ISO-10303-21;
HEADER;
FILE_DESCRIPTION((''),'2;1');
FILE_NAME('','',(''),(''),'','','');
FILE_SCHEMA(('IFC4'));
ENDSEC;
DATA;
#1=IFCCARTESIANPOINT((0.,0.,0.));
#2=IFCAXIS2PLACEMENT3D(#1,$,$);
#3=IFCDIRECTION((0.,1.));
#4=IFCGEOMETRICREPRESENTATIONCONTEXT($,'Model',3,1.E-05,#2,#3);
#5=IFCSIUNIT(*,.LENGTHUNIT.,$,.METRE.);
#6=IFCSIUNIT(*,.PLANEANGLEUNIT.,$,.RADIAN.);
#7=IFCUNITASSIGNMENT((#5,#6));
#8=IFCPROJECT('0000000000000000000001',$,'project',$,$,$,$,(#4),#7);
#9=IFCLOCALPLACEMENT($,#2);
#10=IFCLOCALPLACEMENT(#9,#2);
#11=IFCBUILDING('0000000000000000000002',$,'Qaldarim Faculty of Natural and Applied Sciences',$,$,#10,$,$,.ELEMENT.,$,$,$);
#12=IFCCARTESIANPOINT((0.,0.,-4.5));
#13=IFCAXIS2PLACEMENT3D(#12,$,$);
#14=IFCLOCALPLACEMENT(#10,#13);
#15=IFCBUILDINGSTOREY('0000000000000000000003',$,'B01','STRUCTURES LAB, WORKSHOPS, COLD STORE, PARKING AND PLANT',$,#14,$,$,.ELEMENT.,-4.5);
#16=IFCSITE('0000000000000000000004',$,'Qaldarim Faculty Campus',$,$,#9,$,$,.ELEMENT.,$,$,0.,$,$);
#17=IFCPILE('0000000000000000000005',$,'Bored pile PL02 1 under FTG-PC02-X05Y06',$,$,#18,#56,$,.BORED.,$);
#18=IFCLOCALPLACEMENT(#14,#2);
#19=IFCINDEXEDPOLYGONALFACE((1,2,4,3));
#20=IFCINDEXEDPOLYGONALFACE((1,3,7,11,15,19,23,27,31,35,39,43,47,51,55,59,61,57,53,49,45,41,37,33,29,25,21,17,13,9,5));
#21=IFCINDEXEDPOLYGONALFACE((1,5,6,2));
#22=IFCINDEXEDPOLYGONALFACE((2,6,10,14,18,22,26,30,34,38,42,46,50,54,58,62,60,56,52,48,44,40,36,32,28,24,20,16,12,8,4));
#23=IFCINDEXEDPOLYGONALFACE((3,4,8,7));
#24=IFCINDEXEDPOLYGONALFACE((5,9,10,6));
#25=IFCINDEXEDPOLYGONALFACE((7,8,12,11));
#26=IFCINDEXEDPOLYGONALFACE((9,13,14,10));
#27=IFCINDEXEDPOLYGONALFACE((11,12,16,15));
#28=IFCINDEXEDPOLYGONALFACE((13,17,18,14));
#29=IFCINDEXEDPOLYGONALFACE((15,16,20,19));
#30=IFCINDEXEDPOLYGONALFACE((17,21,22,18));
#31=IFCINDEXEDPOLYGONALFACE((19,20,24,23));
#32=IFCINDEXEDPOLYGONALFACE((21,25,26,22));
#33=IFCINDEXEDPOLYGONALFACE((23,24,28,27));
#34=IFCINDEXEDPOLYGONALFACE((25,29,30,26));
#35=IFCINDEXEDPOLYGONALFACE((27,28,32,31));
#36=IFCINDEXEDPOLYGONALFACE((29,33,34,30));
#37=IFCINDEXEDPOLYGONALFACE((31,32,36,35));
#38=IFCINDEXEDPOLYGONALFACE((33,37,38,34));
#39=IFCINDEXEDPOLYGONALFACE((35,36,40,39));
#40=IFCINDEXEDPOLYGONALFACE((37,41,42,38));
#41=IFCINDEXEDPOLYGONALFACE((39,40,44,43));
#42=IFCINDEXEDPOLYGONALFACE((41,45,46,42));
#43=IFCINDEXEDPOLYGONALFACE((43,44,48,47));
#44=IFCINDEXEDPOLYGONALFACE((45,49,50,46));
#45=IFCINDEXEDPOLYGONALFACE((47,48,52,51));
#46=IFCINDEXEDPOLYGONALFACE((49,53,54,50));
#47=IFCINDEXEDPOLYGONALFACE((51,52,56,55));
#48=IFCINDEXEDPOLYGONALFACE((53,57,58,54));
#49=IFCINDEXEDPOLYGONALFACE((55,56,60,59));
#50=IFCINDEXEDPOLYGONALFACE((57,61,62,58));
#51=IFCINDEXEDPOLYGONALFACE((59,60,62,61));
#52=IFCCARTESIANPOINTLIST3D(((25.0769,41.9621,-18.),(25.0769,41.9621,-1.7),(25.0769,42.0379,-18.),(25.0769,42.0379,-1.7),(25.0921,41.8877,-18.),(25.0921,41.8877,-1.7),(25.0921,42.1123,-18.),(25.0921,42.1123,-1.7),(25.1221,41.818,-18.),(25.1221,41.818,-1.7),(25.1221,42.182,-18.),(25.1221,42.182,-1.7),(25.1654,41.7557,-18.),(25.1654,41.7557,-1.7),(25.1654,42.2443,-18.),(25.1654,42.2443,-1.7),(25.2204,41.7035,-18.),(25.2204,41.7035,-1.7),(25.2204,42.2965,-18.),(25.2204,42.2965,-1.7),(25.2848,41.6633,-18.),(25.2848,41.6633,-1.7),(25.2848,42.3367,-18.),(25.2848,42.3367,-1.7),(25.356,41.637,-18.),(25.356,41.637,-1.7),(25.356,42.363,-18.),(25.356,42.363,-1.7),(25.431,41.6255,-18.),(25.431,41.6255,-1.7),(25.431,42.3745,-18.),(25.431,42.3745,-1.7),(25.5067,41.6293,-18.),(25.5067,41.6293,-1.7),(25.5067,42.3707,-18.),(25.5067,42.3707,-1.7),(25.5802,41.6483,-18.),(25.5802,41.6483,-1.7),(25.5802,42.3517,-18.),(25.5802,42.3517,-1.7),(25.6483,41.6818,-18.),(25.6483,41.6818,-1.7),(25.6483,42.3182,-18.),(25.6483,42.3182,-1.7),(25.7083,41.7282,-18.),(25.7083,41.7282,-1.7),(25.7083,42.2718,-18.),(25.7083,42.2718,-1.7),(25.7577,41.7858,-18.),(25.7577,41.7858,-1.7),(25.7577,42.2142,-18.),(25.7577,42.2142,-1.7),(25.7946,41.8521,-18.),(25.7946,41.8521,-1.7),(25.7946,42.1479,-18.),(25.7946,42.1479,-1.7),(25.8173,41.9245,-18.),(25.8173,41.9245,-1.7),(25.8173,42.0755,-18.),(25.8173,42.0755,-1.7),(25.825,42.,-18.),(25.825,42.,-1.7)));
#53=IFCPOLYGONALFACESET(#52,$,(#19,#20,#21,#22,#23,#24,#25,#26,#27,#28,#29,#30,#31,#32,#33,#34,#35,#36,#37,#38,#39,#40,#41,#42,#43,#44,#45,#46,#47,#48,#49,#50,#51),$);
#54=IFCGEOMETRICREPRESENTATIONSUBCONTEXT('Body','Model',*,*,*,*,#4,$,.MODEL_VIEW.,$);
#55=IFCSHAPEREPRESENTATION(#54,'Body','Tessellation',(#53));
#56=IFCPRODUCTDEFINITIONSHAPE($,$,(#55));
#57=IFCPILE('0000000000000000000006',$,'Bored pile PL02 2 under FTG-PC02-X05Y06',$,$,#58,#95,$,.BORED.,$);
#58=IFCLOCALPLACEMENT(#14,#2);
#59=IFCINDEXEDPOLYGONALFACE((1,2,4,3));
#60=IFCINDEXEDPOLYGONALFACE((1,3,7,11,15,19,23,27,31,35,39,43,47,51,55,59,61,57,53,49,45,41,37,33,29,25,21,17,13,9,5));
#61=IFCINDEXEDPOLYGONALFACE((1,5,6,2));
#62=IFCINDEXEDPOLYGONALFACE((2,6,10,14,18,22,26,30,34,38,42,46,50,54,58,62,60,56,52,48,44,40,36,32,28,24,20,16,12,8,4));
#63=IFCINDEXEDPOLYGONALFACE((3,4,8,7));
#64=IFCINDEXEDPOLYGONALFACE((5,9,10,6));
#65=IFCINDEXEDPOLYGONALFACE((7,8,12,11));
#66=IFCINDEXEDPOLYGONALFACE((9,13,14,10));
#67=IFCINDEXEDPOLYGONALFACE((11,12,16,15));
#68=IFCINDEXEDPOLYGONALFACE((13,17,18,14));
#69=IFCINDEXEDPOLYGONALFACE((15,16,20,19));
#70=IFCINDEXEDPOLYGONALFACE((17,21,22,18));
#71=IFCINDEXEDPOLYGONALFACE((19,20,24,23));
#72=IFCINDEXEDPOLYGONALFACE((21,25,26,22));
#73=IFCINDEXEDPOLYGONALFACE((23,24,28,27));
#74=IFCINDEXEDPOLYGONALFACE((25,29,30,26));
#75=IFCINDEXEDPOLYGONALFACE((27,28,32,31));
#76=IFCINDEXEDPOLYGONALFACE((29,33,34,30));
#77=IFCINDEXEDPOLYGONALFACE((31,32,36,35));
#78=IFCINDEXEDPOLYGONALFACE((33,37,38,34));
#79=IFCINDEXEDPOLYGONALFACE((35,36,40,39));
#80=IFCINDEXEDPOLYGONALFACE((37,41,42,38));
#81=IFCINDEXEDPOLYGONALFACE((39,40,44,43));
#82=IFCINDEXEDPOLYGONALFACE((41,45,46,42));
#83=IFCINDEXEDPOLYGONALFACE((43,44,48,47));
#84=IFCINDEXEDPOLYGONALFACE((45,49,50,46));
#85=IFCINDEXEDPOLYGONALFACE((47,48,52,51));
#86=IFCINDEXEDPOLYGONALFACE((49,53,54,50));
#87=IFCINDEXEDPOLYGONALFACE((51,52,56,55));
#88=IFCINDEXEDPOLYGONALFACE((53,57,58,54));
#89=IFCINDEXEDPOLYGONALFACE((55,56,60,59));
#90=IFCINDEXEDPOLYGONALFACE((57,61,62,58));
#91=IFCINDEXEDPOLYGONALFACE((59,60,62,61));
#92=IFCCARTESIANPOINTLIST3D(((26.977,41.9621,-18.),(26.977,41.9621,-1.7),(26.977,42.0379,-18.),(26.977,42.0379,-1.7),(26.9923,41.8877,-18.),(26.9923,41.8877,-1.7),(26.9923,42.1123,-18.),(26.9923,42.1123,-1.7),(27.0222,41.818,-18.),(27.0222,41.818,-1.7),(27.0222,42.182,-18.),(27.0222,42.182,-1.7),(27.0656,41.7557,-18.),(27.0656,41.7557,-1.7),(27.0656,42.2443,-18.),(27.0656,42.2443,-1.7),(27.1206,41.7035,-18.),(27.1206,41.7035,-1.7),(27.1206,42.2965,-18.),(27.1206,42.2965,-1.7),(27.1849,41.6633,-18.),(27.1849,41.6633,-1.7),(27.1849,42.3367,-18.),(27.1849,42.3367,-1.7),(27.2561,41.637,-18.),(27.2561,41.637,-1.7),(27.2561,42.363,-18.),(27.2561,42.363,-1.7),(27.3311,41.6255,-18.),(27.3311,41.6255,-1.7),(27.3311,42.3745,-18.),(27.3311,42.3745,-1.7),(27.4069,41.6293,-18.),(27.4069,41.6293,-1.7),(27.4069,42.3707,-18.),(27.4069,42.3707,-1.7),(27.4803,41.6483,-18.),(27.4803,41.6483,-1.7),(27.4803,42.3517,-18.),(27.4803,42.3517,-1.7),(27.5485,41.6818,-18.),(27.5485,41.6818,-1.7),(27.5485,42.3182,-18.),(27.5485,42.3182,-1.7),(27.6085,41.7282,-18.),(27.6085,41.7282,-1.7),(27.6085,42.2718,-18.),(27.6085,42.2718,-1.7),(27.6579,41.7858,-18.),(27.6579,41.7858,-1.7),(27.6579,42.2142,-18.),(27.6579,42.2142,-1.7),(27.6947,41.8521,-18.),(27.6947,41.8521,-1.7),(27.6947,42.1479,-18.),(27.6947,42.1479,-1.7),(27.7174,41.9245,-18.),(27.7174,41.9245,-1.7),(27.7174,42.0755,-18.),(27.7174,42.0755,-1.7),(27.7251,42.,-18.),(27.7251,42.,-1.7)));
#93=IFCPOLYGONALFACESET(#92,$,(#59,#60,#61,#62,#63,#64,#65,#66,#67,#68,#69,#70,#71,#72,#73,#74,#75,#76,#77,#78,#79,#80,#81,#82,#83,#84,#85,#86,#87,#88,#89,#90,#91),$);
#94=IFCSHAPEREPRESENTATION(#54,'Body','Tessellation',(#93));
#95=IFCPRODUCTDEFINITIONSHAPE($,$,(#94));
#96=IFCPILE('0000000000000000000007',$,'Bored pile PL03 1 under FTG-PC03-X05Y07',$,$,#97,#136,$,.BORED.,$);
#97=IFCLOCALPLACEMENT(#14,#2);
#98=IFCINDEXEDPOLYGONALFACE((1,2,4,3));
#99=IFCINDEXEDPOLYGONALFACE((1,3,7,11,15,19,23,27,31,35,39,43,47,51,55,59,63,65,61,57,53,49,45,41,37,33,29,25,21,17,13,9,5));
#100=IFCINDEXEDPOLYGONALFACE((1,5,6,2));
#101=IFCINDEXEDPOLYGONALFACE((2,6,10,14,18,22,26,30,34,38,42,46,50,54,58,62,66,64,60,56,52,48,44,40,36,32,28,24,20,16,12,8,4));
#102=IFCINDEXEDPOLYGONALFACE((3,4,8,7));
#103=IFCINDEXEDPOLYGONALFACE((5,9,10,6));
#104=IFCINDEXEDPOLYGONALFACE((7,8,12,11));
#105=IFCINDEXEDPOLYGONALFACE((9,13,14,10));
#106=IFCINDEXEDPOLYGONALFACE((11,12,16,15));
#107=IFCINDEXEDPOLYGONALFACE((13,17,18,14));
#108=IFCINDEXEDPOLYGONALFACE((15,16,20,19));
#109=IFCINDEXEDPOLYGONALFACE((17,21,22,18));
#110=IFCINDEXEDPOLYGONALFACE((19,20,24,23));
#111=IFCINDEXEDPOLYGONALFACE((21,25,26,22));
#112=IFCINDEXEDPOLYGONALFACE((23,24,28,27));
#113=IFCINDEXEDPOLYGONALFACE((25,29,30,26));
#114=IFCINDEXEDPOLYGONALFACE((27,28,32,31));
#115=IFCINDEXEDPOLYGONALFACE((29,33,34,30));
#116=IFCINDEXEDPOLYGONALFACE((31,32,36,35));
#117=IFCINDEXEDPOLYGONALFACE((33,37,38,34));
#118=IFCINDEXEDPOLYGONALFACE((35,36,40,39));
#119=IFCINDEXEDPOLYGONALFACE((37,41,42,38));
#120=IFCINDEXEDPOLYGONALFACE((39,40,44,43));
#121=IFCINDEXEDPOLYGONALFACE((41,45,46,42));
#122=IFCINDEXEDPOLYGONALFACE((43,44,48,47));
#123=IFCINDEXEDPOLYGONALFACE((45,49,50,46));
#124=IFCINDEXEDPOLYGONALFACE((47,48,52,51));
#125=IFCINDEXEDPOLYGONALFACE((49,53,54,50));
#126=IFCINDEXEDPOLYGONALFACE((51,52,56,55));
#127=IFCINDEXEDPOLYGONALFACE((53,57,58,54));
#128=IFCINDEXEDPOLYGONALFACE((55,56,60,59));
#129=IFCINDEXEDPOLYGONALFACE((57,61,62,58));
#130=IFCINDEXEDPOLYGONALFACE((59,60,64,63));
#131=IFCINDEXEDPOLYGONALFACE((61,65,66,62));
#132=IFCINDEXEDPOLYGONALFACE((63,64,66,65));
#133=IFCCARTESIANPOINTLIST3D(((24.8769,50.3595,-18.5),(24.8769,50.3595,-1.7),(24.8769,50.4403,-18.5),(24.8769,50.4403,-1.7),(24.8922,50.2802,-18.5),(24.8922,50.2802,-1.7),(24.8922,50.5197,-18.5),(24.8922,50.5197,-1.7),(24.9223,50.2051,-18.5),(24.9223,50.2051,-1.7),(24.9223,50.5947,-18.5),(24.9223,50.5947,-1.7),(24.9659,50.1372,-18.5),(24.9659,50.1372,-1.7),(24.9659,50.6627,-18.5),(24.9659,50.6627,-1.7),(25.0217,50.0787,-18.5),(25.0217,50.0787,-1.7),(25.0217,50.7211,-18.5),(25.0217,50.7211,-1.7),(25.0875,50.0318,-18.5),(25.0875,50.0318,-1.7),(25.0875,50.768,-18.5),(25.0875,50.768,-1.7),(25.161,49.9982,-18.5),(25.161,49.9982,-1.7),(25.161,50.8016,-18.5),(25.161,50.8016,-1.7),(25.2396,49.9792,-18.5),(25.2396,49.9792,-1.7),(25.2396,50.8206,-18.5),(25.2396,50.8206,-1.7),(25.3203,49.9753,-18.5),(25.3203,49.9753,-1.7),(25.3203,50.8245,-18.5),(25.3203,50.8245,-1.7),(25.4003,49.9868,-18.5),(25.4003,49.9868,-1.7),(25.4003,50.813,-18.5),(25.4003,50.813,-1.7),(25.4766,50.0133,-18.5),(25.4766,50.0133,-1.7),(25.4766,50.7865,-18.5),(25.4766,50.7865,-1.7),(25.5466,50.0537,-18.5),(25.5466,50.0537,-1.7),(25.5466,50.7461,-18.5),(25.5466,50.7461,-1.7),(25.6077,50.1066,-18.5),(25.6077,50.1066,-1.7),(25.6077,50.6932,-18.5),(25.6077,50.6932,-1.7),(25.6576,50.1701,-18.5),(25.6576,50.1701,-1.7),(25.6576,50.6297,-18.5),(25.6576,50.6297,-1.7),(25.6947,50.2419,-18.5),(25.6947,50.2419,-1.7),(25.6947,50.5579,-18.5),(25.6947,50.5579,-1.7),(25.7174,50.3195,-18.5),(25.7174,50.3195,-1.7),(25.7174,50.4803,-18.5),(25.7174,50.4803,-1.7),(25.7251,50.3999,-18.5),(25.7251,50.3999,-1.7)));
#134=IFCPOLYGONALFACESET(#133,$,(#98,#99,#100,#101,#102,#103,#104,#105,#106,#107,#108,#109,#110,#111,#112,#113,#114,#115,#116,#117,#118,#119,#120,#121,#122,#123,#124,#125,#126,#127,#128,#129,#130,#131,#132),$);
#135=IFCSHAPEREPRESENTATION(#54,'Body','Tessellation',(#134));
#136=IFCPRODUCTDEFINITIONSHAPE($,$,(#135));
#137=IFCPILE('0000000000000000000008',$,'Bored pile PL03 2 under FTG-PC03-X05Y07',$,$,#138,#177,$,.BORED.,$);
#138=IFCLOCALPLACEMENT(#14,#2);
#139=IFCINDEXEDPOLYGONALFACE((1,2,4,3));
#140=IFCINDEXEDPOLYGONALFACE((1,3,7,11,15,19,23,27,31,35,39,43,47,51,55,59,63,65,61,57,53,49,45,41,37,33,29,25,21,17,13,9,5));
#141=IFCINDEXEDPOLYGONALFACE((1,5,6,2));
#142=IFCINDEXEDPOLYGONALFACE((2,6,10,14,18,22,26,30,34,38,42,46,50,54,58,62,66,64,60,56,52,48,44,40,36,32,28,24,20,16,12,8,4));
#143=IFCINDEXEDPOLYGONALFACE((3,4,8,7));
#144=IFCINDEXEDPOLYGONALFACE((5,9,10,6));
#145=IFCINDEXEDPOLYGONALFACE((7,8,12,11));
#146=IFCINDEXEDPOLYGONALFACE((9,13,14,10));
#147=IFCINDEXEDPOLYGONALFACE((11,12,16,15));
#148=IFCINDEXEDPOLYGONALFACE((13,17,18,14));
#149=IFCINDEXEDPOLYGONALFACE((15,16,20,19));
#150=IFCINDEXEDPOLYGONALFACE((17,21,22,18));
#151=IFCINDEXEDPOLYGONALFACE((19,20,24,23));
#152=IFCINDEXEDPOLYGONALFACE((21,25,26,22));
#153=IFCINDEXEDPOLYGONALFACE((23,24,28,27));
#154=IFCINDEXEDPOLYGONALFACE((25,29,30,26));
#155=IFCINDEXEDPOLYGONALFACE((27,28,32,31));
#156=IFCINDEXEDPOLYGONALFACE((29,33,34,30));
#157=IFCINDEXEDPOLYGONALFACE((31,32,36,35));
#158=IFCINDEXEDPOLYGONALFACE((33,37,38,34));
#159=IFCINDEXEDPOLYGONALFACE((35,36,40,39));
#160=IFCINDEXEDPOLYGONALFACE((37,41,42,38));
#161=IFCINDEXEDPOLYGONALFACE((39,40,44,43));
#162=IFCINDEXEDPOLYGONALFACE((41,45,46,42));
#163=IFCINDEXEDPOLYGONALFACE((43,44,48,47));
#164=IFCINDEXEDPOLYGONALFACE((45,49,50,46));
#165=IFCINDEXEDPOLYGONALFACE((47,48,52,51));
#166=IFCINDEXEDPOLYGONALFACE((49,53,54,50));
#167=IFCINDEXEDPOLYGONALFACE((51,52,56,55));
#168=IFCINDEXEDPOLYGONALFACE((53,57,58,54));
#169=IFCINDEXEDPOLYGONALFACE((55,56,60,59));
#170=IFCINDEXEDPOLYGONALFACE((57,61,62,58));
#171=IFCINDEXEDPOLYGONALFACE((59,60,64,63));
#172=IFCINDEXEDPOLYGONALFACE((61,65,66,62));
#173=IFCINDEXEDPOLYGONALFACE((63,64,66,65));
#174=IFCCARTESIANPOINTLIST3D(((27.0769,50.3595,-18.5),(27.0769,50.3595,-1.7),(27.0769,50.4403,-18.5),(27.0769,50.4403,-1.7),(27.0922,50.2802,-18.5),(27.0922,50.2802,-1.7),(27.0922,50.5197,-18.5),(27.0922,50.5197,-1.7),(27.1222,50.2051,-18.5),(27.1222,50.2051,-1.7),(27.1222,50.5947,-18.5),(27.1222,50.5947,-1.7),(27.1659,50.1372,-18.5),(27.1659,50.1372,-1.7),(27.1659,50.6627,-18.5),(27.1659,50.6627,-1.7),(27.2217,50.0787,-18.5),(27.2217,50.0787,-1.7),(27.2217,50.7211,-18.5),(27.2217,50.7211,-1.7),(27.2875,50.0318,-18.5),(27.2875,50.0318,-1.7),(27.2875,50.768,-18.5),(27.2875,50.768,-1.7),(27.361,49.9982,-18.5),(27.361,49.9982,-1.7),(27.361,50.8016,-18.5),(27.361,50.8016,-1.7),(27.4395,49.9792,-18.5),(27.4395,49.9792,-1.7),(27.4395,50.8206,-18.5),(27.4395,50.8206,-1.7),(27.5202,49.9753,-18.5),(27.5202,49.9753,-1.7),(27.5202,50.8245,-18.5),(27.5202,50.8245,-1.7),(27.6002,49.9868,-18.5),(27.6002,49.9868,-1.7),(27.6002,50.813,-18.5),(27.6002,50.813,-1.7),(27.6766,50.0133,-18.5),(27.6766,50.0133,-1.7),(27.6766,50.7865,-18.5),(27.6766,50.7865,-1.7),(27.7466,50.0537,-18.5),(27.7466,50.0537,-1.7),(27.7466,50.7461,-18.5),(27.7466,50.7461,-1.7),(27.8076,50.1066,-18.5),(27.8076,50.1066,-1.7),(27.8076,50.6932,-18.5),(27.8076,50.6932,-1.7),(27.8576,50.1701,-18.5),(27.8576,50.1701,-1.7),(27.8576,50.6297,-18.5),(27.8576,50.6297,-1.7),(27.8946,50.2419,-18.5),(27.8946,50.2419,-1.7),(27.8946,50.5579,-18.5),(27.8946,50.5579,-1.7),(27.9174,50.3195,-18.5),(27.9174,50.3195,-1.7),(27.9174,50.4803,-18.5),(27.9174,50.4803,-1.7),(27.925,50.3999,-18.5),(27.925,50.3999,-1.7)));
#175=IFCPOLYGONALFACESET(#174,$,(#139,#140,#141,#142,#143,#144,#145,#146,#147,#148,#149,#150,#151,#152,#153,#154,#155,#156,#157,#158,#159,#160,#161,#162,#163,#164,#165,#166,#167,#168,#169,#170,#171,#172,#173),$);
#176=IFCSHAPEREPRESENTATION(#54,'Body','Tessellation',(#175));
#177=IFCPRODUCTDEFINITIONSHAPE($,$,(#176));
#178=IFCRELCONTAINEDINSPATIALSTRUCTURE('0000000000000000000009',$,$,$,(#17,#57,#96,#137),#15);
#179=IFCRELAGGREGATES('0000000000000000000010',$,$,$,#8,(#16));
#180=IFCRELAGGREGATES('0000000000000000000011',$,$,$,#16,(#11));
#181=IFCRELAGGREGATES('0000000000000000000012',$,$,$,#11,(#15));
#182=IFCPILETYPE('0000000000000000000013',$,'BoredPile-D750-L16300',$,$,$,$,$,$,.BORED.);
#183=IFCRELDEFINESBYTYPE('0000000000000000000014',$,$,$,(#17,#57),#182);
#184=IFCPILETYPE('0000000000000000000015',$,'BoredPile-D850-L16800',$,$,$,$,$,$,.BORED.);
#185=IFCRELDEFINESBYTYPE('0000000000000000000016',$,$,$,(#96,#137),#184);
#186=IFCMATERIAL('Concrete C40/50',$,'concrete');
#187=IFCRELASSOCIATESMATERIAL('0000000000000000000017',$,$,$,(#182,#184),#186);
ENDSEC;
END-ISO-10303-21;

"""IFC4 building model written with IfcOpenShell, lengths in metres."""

from ifc_helpers import new_model, si_unit, direction, frame, origin, origin_2d, place, context, subcontext, project, spatial, circle, extrude, material, material_profile, profile_set, type_object, element, save


model = new_model("IFC4")

# Units and contexts
model_context = context("Model", 3, precision=1e-05, world=origin(), true_north=direction((0.0, 1.0)))
body_context = subcontext(model_context, "Body", "Model", "MODEL_VIEW")
ifc_project = project(units=[si_unit("LENGTHUNIT", "METRE"), si_unit("PLANEANGLEUNIT", "RADIAN")], contexts=[model_context])

# Site, building, storey
site_placement = place(None, origin())
site = spatial("IfcSite", under=ifc_project, at=site_placement, Name="Qaldarim Faculty Campus", CompositionType="ELEMENT", RefElevation=0.0)
building_placement = place(site_placement, origin())
building = spatial("IfcBuilding", under=site, at=building_placement, Name="Qaldarim Faculty of Natural and Applied Sciences", CompositionType="ELEMENT")
storey_placement = place(building_placement, frame((0.0, 0.0, -4.5)))
storey = spatial("IfcBuildingStorey", under=building, at=storey_placement, Name="B01", Description="STRUCTURES LAB, WORKSHOPS, COLD STORE, PARKING AND PLANT", CompositionType="ELEMENT", Elevation=-4.5)

# Piles
ifc_material_1 = material(Name="Concrete C40/50", Category="concrete")
ifc_material_profile_1 = material_profile(ifc_material_1, circle(Radius=0.375, at=origin_2d()), Name="PILE-D750")
ifc_profile_set_1 = profile_set([ifc_material_profile_1], Name="Concrete C40/50")
pile_type_1 = type_object("IfcPileType", Name="BoredPile-D750-L16300", PredefinedType="BORED", material=ifc_profile_set_1)
for number, where, z_axis, x_axis, name in (
    (1, (25.45, 42.0, -1.7), (0.0, 0.0, -1.0), (1.0, 0.0, 0.0), "Bored pile PL02 1 under FTG-PC02-X05Y06"),
    (2, (27.3501, 42.0, -1.7), (0.0, 0.0, -1.0), (1.0, 0.0, 0.0), "Bored pile PL02 2 under FTG-PC02-X05Y06"),
):
    element("IfcPile", number, at=place(storey_placement, frame(where, z_axis=z_axis, x_axis=x_axis)), inside=storey, type_object=pile_type_1, Name=name, PredefinedType="BORED", context=body_context, shape_type="SweptSolid", body=[
        extrude(circle(Radius=0.375, at=origin_2d()), origin(), (0.0, 0.0, 1.0), 16.3),
    ])
ifc_material_profile_2 = material_profile(ifc_material_1, circle(Radius=0.425, at=origin_2d()), Name="PILE-D850")
ifc_profile_set_2 = profile_set([ifc_material_profile_2], Name="Concrete C40/50")
pile_type_2 = type_object("IfcPileType", Name="BoredPile-D850-L16800", PredefinedType="BORED", material=ifc_profile_set_2)
for number, where, z_axis, x_axis, name in (
    (3, (25.3, 50.3999, -1.7), (0.0, 0.0, -1.0), (1.0, 0.0, 0.0), "Bored pile PL03 1 under FTG-PC03-X05Y07"),
    (4, (27.5, 50.3999, -1.7), (0.0, 0.0, -1.0), (1.0, 0.0, 0.0), "Bored pile PL03 2 under FTG-PC03-X05Y07"),
):
    element("IfcPile", number, at=place(storey_placement, frame(where, z_axis=z_axis, x_axis=x_axis)), inside=storey, type_object=pile_type_2, Name=name, PredefinedType="BORED", context=body_context, shape_type="SweptSolid", body=[
        extrude(circle(Radius=0.425, at=origin_2d()), origin(), (0.0, 0.0, 1.0), 16.8),
    ])

save(model, "model.ifc")
